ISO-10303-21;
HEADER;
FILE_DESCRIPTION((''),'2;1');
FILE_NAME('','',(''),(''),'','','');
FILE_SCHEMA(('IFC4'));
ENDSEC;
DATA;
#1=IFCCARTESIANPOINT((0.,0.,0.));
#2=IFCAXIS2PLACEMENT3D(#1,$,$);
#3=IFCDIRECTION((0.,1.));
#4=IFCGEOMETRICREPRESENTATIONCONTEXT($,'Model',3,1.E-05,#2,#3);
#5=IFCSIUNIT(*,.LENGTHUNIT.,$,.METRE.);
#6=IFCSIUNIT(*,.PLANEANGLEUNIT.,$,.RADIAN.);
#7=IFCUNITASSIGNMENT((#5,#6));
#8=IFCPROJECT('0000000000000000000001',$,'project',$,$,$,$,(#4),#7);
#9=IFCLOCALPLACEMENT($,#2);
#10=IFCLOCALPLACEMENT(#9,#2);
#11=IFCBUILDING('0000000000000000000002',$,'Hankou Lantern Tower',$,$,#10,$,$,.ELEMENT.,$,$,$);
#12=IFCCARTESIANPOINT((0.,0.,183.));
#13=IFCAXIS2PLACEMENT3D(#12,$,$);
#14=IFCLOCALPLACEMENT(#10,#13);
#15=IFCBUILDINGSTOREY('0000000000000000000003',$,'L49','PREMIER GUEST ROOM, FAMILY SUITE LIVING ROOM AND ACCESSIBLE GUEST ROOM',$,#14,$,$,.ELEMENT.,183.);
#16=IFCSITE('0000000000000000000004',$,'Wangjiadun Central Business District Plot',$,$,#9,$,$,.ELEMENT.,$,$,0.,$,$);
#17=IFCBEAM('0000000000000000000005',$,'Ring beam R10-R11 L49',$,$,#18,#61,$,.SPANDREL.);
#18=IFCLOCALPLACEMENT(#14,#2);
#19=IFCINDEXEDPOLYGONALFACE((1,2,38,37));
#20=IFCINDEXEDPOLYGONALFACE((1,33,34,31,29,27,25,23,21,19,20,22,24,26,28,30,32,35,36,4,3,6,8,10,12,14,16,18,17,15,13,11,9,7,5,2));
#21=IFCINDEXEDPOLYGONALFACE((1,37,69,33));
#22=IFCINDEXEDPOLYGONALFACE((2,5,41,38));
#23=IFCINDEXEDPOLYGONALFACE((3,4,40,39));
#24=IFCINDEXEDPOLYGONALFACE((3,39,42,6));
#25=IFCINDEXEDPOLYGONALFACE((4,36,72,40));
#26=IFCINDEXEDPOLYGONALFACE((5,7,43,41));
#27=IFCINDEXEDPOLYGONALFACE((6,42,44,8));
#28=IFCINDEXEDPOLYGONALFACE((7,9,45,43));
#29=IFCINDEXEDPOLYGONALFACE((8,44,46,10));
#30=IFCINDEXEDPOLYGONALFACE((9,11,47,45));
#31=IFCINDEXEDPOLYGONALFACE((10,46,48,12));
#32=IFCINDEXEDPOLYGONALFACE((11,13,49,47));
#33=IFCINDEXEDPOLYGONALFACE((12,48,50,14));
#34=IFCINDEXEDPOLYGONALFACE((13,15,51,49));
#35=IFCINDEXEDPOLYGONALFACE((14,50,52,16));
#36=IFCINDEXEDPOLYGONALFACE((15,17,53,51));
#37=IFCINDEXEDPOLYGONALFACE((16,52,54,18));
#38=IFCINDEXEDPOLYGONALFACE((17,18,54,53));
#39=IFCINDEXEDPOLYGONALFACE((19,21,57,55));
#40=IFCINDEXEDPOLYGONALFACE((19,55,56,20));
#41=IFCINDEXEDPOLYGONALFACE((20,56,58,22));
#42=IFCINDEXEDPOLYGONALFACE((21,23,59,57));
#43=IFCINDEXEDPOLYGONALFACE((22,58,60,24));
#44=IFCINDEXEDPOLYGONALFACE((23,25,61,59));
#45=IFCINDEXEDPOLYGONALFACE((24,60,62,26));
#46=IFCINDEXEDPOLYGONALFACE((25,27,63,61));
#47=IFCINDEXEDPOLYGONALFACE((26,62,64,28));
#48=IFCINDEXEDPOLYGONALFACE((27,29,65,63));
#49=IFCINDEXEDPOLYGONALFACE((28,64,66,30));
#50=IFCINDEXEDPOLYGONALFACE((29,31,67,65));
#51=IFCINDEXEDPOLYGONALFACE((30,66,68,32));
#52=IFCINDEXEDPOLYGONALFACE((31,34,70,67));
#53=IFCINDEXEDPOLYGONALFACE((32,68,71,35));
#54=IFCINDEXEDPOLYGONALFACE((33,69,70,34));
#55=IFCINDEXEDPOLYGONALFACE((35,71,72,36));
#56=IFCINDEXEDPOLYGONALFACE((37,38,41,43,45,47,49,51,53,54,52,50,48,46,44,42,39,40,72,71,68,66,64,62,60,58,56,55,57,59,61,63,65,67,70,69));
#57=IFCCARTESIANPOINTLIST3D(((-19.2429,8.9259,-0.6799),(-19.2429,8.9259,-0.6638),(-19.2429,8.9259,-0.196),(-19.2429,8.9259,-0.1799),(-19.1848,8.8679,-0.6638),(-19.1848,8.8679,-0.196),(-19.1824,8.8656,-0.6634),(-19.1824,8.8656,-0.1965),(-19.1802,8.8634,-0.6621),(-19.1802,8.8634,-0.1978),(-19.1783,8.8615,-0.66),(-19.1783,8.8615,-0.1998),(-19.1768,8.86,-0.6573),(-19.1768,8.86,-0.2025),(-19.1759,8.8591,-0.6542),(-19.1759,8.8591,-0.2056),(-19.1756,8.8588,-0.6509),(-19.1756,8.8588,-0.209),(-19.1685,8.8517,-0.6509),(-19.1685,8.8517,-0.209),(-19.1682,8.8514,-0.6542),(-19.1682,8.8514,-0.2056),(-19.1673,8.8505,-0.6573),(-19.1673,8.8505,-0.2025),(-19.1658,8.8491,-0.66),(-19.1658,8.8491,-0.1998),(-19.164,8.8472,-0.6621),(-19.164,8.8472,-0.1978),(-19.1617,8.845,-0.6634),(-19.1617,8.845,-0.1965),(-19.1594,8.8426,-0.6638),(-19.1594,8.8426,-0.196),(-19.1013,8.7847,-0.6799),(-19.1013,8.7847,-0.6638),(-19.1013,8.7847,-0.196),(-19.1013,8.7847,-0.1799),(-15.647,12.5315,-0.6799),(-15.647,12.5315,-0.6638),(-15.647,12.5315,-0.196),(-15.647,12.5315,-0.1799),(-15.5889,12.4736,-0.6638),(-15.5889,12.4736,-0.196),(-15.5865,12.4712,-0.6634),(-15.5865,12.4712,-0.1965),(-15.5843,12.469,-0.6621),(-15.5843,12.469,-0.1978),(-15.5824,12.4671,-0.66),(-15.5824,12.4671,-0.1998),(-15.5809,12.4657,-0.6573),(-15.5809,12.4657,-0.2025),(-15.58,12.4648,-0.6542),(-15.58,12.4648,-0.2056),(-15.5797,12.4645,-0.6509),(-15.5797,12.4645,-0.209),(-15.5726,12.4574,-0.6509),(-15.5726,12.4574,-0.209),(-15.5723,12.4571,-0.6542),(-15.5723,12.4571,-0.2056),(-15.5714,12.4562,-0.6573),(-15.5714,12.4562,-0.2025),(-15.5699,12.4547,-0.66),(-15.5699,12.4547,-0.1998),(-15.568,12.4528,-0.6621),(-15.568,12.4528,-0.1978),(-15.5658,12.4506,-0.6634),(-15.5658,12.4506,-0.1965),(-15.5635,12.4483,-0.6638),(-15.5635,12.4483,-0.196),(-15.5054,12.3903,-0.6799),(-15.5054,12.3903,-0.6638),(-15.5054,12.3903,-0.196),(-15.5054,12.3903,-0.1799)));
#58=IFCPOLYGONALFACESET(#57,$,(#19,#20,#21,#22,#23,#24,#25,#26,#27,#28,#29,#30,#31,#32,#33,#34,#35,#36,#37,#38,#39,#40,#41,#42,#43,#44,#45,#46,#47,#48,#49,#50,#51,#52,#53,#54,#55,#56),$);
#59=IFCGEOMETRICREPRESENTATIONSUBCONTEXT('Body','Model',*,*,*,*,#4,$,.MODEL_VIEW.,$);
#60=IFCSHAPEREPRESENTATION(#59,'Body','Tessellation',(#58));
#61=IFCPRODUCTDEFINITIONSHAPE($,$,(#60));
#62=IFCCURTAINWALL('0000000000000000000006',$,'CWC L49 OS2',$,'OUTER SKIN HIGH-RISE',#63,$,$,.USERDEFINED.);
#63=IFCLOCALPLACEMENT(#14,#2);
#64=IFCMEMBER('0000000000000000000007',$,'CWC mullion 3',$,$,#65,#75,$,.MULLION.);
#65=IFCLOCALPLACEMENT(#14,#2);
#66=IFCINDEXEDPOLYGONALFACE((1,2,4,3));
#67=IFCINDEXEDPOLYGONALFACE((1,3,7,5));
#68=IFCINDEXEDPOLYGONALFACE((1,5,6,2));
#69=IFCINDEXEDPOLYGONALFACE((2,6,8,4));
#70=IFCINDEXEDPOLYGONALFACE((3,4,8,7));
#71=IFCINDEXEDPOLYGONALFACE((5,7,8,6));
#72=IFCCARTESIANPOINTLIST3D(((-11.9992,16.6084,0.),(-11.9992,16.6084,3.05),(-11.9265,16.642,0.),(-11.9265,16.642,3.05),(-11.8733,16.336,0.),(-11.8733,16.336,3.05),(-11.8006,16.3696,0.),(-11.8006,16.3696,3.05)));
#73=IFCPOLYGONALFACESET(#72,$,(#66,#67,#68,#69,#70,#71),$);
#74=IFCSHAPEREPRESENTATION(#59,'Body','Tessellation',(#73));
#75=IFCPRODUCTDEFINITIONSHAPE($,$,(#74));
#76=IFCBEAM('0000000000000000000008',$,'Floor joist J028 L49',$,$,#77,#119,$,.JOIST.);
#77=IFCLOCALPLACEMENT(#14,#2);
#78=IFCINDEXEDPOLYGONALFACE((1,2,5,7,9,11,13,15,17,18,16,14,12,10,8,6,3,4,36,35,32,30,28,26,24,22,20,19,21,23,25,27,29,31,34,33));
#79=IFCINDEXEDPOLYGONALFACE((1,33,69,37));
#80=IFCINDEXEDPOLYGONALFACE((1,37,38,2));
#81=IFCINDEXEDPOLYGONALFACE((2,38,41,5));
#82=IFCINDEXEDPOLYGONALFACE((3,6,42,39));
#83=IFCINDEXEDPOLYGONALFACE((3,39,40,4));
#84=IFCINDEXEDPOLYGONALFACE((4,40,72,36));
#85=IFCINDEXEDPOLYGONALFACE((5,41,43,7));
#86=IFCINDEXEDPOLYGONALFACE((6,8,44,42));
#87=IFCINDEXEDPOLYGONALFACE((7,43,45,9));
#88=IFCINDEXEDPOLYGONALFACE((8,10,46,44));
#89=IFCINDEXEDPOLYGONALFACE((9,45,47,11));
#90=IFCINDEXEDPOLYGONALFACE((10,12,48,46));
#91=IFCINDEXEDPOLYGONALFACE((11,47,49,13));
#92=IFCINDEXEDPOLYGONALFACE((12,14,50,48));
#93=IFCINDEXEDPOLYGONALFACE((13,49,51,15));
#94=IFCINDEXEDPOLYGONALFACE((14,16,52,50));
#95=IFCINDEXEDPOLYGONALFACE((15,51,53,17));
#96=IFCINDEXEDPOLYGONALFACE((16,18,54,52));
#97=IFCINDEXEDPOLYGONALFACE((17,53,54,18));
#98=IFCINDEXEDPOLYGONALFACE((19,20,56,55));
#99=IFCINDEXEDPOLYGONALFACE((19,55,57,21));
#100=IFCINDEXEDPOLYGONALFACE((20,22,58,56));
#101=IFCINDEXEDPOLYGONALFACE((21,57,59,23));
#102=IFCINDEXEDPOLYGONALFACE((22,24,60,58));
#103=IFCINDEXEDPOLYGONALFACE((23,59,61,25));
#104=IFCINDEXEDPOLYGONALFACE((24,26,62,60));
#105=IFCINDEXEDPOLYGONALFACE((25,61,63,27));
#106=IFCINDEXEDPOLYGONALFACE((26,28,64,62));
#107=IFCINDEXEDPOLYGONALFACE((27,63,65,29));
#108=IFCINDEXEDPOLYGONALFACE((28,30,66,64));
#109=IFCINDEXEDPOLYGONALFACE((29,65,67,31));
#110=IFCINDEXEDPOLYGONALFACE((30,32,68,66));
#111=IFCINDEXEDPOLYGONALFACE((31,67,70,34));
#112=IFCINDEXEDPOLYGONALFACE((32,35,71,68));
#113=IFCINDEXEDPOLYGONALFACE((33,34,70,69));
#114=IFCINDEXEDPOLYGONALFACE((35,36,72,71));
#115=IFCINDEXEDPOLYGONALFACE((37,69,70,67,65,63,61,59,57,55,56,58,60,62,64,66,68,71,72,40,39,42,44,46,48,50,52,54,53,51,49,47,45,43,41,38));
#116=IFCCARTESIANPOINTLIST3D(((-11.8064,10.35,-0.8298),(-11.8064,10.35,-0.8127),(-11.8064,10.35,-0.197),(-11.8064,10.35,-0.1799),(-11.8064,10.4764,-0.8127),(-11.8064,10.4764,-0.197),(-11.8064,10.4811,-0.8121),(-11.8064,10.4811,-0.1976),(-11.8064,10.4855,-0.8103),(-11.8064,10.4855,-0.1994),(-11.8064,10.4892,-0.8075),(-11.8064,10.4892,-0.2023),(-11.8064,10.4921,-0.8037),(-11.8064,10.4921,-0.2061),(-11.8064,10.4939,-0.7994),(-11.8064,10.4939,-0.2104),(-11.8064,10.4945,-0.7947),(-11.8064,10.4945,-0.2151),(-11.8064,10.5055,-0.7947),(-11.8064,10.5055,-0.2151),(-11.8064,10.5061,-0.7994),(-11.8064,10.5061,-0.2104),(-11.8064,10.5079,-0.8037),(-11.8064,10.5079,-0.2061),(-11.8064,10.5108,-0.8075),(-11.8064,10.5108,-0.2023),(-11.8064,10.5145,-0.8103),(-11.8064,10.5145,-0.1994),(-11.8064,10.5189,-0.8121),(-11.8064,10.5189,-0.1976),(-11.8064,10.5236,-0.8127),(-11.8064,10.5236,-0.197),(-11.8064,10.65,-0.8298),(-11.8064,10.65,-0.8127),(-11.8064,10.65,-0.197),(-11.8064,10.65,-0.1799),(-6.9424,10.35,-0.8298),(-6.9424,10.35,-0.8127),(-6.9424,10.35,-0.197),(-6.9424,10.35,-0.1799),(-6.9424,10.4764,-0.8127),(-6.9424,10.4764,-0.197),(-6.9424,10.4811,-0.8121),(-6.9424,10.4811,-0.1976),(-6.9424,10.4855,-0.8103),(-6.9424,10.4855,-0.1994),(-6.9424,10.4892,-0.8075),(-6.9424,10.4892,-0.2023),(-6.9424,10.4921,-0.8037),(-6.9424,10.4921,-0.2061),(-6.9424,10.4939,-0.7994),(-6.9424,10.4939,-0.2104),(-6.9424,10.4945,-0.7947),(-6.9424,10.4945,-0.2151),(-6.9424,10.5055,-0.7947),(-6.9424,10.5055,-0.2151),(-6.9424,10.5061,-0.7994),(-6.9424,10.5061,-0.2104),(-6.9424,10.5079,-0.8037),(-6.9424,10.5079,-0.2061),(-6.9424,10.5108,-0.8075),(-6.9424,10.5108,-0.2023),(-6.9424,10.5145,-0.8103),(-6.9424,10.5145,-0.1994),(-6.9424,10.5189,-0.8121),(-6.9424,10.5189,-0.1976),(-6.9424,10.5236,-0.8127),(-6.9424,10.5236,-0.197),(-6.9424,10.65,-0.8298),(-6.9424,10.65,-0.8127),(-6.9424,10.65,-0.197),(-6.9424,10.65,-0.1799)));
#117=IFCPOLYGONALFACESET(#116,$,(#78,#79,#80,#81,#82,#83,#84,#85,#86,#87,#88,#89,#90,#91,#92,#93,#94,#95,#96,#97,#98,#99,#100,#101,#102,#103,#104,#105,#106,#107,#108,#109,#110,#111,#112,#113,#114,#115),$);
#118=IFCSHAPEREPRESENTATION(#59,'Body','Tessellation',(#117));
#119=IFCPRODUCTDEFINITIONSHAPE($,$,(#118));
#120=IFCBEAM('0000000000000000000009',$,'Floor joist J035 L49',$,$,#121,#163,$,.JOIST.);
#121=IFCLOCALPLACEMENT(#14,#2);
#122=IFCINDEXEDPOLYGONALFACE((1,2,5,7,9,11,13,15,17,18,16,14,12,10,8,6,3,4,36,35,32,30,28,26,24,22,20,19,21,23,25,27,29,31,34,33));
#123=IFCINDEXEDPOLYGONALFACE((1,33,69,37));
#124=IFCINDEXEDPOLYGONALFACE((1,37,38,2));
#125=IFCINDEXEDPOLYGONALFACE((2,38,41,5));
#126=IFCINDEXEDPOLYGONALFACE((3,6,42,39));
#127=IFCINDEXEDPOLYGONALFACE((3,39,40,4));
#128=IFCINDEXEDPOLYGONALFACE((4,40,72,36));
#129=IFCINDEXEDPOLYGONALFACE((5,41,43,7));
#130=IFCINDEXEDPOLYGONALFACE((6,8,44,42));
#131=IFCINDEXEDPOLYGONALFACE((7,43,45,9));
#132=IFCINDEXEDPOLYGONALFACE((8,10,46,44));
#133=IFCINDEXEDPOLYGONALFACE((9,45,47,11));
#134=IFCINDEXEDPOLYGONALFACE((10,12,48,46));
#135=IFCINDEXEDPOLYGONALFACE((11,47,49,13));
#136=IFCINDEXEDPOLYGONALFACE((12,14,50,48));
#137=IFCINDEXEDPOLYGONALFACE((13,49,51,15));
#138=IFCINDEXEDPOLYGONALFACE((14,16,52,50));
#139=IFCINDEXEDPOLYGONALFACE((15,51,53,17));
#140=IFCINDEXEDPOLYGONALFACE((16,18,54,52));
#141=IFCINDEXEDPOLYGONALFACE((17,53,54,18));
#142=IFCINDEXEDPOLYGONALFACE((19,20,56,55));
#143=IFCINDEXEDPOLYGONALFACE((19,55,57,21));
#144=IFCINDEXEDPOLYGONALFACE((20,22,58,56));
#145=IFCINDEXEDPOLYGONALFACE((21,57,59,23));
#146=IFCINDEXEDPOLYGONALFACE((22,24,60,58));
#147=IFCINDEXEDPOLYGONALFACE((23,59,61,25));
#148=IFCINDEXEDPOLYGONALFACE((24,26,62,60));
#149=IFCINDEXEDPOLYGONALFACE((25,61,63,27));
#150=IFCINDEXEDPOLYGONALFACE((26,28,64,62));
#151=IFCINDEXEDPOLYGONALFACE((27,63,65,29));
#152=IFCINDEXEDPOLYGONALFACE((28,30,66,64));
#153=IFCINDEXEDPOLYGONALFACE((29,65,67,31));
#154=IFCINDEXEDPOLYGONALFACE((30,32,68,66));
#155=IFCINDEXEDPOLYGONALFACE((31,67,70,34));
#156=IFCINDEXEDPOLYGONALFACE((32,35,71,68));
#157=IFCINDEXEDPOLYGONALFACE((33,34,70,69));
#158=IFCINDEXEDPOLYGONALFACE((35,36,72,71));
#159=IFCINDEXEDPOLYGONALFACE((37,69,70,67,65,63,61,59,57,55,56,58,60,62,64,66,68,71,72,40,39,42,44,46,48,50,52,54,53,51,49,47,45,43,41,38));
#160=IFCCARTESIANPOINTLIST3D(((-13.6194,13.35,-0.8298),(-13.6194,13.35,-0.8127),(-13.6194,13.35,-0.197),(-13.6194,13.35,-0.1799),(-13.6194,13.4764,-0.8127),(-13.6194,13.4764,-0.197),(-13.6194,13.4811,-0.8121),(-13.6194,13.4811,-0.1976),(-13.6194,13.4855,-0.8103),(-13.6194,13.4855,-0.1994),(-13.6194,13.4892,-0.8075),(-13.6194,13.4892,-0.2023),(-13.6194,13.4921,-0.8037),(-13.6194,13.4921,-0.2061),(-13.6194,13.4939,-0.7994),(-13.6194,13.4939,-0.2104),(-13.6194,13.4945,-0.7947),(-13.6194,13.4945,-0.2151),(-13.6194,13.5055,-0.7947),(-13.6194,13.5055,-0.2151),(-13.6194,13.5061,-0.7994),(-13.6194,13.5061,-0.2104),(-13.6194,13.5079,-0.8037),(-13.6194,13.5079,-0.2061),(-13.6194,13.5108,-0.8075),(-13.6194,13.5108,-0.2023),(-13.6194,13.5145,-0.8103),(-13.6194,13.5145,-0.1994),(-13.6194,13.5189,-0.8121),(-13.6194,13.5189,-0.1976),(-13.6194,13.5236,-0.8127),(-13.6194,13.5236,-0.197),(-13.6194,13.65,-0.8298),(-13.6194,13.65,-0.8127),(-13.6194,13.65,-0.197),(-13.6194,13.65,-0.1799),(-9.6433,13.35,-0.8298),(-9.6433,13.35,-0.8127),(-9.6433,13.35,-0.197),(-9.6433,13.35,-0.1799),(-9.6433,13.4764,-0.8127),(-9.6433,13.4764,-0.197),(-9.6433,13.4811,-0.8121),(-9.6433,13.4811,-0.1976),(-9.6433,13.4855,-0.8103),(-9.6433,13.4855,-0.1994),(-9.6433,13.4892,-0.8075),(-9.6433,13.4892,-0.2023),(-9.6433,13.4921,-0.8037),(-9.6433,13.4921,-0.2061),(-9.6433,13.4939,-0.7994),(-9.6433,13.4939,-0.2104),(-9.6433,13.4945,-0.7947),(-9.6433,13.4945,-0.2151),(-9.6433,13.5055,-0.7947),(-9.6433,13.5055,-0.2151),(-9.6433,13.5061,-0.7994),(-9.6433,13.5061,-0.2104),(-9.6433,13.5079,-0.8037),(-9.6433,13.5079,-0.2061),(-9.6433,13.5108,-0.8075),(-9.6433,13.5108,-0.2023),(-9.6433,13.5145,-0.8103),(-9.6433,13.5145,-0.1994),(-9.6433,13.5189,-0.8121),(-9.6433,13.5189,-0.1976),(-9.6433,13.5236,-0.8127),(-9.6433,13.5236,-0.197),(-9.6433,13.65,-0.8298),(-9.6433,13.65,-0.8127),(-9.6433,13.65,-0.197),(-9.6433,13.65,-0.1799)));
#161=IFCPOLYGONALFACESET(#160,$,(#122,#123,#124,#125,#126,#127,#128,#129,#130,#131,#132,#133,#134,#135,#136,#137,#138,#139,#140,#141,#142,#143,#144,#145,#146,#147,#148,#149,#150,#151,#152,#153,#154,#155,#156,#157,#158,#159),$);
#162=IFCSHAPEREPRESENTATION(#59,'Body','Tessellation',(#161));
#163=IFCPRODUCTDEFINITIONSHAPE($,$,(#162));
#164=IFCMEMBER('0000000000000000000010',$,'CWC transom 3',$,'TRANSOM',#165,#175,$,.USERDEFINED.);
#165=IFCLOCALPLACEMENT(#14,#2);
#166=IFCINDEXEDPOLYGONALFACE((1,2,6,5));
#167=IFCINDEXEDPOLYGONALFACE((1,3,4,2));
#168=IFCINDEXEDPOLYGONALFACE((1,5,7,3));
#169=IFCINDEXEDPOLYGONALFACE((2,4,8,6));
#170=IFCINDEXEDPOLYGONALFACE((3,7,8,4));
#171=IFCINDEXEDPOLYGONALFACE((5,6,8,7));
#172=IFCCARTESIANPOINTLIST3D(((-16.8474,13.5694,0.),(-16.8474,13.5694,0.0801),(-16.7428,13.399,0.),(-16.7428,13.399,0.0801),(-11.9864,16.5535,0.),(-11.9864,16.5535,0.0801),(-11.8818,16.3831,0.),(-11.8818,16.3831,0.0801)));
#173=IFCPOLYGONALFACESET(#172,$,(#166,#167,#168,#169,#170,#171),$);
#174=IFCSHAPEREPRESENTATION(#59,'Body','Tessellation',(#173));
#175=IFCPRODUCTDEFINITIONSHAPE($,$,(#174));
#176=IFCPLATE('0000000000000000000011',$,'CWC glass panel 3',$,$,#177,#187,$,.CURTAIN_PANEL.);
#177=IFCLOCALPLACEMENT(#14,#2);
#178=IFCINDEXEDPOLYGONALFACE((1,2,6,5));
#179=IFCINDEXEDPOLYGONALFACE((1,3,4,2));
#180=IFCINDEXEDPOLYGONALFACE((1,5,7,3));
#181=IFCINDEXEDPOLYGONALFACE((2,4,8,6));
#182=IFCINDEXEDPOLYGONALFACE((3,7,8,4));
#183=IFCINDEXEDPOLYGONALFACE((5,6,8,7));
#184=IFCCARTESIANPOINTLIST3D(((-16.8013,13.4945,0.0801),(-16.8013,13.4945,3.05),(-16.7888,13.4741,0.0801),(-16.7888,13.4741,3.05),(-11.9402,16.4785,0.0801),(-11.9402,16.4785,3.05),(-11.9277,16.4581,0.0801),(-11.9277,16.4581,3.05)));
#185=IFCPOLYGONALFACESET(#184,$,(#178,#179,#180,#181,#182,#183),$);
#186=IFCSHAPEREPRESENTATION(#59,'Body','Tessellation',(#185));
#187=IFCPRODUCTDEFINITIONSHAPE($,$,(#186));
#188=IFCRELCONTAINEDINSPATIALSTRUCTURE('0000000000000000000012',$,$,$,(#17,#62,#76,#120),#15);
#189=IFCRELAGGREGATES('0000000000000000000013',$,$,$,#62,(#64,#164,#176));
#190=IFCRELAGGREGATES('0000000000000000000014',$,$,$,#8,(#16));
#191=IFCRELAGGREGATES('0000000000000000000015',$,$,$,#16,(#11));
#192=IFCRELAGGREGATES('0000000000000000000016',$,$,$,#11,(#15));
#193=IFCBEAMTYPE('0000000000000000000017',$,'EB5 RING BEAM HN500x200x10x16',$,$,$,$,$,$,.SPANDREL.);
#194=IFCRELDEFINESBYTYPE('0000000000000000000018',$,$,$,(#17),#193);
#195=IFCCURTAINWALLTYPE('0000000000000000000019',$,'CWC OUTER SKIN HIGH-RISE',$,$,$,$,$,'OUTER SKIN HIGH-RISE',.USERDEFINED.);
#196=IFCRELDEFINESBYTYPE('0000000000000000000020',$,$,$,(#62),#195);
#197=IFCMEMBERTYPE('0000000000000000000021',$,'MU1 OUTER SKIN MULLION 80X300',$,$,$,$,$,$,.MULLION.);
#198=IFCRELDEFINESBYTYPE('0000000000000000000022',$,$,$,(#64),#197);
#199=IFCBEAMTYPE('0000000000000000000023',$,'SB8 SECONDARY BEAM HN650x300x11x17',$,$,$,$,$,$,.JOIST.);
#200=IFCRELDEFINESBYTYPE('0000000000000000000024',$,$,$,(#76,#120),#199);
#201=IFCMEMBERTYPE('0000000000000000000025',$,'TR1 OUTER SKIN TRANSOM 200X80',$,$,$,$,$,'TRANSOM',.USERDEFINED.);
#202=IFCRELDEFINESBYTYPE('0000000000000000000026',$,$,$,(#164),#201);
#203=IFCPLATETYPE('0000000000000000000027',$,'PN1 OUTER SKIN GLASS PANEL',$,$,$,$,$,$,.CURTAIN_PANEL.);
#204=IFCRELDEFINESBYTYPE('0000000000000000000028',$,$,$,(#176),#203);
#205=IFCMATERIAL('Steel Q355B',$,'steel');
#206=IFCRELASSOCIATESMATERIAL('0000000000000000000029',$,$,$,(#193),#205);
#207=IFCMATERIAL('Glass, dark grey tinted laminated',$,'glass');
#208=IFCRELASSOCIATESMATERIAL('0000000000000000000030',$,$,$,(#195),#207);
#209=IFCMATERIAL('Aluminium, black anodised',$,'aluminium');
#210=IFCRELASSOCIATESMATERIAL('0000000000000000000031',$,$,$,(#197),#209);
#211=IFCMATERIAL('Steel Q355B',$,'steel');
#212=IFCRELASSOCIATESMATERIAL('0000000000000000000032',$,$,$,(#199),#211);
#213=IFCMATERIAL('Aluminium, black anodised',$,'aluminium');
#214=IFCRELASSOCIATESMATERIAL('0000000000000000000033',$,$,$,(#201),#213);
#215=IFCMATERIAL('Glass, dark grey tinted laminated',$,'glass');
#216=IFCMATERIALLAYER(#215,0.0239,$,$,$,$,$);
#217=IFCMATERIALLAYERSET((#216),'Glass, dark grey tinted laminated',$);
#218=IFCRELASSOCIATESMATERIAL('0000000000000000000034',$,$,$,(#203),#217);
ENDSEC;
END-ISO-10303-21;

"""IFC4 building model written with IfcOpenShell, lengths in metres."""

from ifc_helpers import new_model, si_unit, direction, frame, origin, origin_2d, place, context, subcontext, project, spatial, rectangle, i_section, extrude, material, layer, layer_set, material_profile, profile_set, type_object, element, aggregate, save


model = new_model("IFC4")

# Units and contexts
model_context = context("Model", 3, precision=1e-05, world=origin(), true_north=direction((0.0, 1.0)))
body_context = subcontext(model_context, "Body", "Model", "MODEL_VIEW")
ifc_project = project(units=[si_unit("LENGTHUNIT", "METRE"), si_unit("PLANEANGLEUNIT", "RADIAN")], contexts=[model_context])

# Site, building, storey
site_placement = place(None, origin())
site = spatial("IfcSite", under=ifc_project, at=site_placement, Name="Wangjiadun Central Business District Plot", CompositionType="ELEMENT", RefElevation=0.0)
building_placement = place(site_placement, origin())
building = spatial("IfcBuilding", under=site, at=building_placement, Name="Hankou Lantern Tower", CompositionType="ELEMENT")
storey_placement = place(building_placement, frame((0.0, 0.0, 183.0)))
storey = spatial("IfcBuildingStorey", under=building, at=storey_placement, Name="L49", Description="PREMIER GUEST ROOM, FAMILY SUITE LIVING ROOM AND ACCESSIBLE GUEST ROOM", CompositionType="ELEMENT", Elevation=183.0)

# Beam
ifc_material_1 = material(Name="Steel Q355B", Category="steel")
ifc_material_profile_1 = material_profile(ifc_material_1, i_section(OverallWidth=0.2, OverallDepth=0.5, WebThickness=0.01, FlangeThickness=0.0161, FilletRadius=0.0129, at=origin_2d()), Name="HN500x200x10x16")
ifc_profile_set_1 = profile_set([ifc_material_profile_1], Name="Steel Q355B")
beam_type_1 = type_object("IfcBeamType", Name="EB5 RING BEAM HN500x200x10x16", PredefinedType="SPANDREL", material=ifc_profile_set_1)
beam_1_placement = place(storey_placement, frame((-15.5762, 12.4609, -0.4299), z_axis=(-0.706147, -0.708065, 0.0), x_axis=(0.708065, -0.706147, 0.0)))
element("IfcBeam", 1, at=beam_1_placement, inside=storey, type_object=beam_type_1, Name="Ring beam R10-R11 L49", PredefinedType="SPANDREL", context=body_context, shape_type="SweptSolid", body=[
    extrude(i_section(OverallWidth=0.2, OverallDepth=0.5, WebThickness=0.01, FlangeThickness=0.0161, FilletRadius=0.0129, at=origin_2d()), origin(), (0.0, 0.0, 1.0), 5.0923),
])

# Curtain wall, member
ifc_material_2 = material(Name="Glass, dark grey tinted laminated", Category="glass")
curtain_wall_type = type_object("IfcCurtainWallType", Name="CWC OUTER SKIN HIGH-RISE", ElementType="OUTER SKIN HIGH-RISE", PredefinedType="USERDEFINED", material=ifc_material_2)
curtain_wall_placement = place(storey_placement, origin())
curtain_wall = element("IfcCurtainWall", 2, at=curtain_wall_placement, inside=storey, type_object=curtain_wall_type, Name="CWC L49 OS2", ObjectType="OUTER SKIN HIGH-RISE", PredefinedType="USERDEFINED")
ifc_material_3 = material(Name="Aluminium, black anodised", Category="aluminium")
ifc_material_profile_2 = material_profile(ifc_material_3, rectangle(XDim=0.0801, YDim=0.3, at=origin_2d()), Name="MU1 80X300")
ifc_profile_set_2 = profile_set([ifc_material_profile_2], Name="Aluminium, black anodised")
member_type_1 = type_object("IfcMemberType", Name="MU1 OUTER SKIN MULLION 80X300", PredefinedType="MULLION", material=ifc_profile_set_2)
member_1_placement = place(storey_placement, frame((-11.8999, 16.489, 0.0), z_axis=(0.0, 0.0, 1.0), x_axis=(-0.907841, -0.419314, 0.0)))
member_1 = element("IfcMember", 3, at=member_1_placement, type_object=member_type_1, Name="CWC mullion 3", PredefinedType="MULLION", context=body_context, shape_type="SweptSolid", body=[
    extrude(rectangle(XDim=0.0801, YDim=0.3, at=origin_2d()), origin(), (0.0, 0.0, 1.0), 3.05),
])

# Beams
ifc_material_4 = material(Name="Steel Q355B", Category="steel")
ifc_material_profile_3 = material_profile(ifc_material_4, i_section(OverallWidth=0.3, OverallDepth=0.6499, WebThickness=0.011, FlangeThickness=0.0171, FilletRadius=0.0181, at=origin_2d()), Name="HN650x300x11x17")
ifc_profile_set_3 = profile_set([ifc_material_profile_3], Name="Steel Q355B")
beam_type_2 = type_object("IfcBeamType", Name="SB8 SECONDARY BEAM HN650x300x11x17", PredefinedType="JOIST", material=ifc_profile_set_3)
beam_2_placement = place(storey_placement, frame((-11.8064, 10.5, -0.5049), z_axis=(1.0, 0.0, 0.0), x_axis=(0.0, 1.0, 0.0)))
element("IfcBeam", 4, at=beam_2_placement, inside=storey, type_object=beam_type_2, Name="Floor joist J028 L49", PredefinedType="JOIST", context=body_context, shape_type="SweptSolid", body=[
    extrude(i_section(OverallWidth=0.3, OverallDepth=0.6499, WebThickness=0.011, FlangeThickness=0.0171, FilletRadius=0.0181, at=origin_2d()), origin(), (0.0, 0.0, 1.0), 4.864),
])
beam_3_placement = place(storey_placement, frame((-13.6194, 13.5, -0.5049), z_axis=(1.0, 0.0, 0.0), x_axis=(0.0, 1.0, 0.0)))
element("IfcBeam", 5, at=beam_3_placement, inside=storey, type_object=beam_type_2, Name="Floor joist J035 L49", PredefinedType="JOIST", context=body_context, shape_type="SweptSolid", body=[
    extrude(i_section(OverallWidth=0.3, OverallDepth=0.6499, WebThickness=0.011, FlangeThickness=0.0171, FilletRadius=0.0181, at=origin_2d()), origin(), (0.0, 0.0, 1.0), 3.9761),
])

# Member
ifc_material_5 = material(Name="Aluminium, black anodised", Category="aluminium")
ifc_material_profile_4 = material_profile(ifc_material_5, rectangle(XDim=0.2, YDim=0.0801, at=origin_2d()), Name="TR1 200X80")
ifc_profile_set_4 = profile_set([ifc_material_profile_4], Name="Aluminium, black anodised")
member_type_2 = type_object("IfcMemberType", Name="TR1 OUTER SKIN TRANSOM 200X80", ElementType="TRANSOM", PredefinedType="USERDEFINED", material=ifc_profile_set_4)
member_2_placement = place(storey_placement, frame((-11.9341, 16.4683, 0.04), z_axis=(-0.852229, -0.523168, 0.0), x_axis=(0.523168, -0.852229, 0.0)))
member_2 = element("IfcMember", 6, at=member_2_placement, type_object=member_type_2, Name="CWC transom 3", ObjectType="TRANSOM", PredefinedType="USERDEFINED", context=body_context, shape_type="SweptSolid", body=[
    extrude(rectangle(XDim=0.2, YDim=0.0801, at=origin_2d()), origin(), (0.0, 0.0, 1.0), 5.7039),
])

# Plate
ifc_material_6 = material(Name="Glass, dark grey tinted laminated", Category="glass")
ifc_layer_1 = layer(ifc_material_6, 0.0239)
ifc_layer_set_1 = layer_set([ifc_layer_1], Name="Glass, dark grey tinted laminated")
plate_type = type_object("IfcPlateType", Name="PN1 OUTER SKIN GLASS PANEL", PredefinedType="CURTAIN_PANEL", material=ifc_layer_set_1)
plate_placement = place(storey_placement, frame((-14.3645, 14.9763, 0.0801), z_axis=(0.0, 0.0, 1.0), x_axis=(-0.852237, -0.523156, 0.0)))
plate = element("IfcPlate", 7, at=plate_placement, type_object=plate_type, Name="CWC glass panel 3", PredefinedType="CURTAIN_PANEL", context=body_context, shape_type="SweptSolid", body=[
    extrude(rectangle(XDim=5.7039, YDim=0.0239, at=origin_2d()), origin(), (0.0, 0.0, 1.0), 2.97),
])
aggregate(curtain_wall, [member_1, member_2, plate])

save(model, "model.ifc")
